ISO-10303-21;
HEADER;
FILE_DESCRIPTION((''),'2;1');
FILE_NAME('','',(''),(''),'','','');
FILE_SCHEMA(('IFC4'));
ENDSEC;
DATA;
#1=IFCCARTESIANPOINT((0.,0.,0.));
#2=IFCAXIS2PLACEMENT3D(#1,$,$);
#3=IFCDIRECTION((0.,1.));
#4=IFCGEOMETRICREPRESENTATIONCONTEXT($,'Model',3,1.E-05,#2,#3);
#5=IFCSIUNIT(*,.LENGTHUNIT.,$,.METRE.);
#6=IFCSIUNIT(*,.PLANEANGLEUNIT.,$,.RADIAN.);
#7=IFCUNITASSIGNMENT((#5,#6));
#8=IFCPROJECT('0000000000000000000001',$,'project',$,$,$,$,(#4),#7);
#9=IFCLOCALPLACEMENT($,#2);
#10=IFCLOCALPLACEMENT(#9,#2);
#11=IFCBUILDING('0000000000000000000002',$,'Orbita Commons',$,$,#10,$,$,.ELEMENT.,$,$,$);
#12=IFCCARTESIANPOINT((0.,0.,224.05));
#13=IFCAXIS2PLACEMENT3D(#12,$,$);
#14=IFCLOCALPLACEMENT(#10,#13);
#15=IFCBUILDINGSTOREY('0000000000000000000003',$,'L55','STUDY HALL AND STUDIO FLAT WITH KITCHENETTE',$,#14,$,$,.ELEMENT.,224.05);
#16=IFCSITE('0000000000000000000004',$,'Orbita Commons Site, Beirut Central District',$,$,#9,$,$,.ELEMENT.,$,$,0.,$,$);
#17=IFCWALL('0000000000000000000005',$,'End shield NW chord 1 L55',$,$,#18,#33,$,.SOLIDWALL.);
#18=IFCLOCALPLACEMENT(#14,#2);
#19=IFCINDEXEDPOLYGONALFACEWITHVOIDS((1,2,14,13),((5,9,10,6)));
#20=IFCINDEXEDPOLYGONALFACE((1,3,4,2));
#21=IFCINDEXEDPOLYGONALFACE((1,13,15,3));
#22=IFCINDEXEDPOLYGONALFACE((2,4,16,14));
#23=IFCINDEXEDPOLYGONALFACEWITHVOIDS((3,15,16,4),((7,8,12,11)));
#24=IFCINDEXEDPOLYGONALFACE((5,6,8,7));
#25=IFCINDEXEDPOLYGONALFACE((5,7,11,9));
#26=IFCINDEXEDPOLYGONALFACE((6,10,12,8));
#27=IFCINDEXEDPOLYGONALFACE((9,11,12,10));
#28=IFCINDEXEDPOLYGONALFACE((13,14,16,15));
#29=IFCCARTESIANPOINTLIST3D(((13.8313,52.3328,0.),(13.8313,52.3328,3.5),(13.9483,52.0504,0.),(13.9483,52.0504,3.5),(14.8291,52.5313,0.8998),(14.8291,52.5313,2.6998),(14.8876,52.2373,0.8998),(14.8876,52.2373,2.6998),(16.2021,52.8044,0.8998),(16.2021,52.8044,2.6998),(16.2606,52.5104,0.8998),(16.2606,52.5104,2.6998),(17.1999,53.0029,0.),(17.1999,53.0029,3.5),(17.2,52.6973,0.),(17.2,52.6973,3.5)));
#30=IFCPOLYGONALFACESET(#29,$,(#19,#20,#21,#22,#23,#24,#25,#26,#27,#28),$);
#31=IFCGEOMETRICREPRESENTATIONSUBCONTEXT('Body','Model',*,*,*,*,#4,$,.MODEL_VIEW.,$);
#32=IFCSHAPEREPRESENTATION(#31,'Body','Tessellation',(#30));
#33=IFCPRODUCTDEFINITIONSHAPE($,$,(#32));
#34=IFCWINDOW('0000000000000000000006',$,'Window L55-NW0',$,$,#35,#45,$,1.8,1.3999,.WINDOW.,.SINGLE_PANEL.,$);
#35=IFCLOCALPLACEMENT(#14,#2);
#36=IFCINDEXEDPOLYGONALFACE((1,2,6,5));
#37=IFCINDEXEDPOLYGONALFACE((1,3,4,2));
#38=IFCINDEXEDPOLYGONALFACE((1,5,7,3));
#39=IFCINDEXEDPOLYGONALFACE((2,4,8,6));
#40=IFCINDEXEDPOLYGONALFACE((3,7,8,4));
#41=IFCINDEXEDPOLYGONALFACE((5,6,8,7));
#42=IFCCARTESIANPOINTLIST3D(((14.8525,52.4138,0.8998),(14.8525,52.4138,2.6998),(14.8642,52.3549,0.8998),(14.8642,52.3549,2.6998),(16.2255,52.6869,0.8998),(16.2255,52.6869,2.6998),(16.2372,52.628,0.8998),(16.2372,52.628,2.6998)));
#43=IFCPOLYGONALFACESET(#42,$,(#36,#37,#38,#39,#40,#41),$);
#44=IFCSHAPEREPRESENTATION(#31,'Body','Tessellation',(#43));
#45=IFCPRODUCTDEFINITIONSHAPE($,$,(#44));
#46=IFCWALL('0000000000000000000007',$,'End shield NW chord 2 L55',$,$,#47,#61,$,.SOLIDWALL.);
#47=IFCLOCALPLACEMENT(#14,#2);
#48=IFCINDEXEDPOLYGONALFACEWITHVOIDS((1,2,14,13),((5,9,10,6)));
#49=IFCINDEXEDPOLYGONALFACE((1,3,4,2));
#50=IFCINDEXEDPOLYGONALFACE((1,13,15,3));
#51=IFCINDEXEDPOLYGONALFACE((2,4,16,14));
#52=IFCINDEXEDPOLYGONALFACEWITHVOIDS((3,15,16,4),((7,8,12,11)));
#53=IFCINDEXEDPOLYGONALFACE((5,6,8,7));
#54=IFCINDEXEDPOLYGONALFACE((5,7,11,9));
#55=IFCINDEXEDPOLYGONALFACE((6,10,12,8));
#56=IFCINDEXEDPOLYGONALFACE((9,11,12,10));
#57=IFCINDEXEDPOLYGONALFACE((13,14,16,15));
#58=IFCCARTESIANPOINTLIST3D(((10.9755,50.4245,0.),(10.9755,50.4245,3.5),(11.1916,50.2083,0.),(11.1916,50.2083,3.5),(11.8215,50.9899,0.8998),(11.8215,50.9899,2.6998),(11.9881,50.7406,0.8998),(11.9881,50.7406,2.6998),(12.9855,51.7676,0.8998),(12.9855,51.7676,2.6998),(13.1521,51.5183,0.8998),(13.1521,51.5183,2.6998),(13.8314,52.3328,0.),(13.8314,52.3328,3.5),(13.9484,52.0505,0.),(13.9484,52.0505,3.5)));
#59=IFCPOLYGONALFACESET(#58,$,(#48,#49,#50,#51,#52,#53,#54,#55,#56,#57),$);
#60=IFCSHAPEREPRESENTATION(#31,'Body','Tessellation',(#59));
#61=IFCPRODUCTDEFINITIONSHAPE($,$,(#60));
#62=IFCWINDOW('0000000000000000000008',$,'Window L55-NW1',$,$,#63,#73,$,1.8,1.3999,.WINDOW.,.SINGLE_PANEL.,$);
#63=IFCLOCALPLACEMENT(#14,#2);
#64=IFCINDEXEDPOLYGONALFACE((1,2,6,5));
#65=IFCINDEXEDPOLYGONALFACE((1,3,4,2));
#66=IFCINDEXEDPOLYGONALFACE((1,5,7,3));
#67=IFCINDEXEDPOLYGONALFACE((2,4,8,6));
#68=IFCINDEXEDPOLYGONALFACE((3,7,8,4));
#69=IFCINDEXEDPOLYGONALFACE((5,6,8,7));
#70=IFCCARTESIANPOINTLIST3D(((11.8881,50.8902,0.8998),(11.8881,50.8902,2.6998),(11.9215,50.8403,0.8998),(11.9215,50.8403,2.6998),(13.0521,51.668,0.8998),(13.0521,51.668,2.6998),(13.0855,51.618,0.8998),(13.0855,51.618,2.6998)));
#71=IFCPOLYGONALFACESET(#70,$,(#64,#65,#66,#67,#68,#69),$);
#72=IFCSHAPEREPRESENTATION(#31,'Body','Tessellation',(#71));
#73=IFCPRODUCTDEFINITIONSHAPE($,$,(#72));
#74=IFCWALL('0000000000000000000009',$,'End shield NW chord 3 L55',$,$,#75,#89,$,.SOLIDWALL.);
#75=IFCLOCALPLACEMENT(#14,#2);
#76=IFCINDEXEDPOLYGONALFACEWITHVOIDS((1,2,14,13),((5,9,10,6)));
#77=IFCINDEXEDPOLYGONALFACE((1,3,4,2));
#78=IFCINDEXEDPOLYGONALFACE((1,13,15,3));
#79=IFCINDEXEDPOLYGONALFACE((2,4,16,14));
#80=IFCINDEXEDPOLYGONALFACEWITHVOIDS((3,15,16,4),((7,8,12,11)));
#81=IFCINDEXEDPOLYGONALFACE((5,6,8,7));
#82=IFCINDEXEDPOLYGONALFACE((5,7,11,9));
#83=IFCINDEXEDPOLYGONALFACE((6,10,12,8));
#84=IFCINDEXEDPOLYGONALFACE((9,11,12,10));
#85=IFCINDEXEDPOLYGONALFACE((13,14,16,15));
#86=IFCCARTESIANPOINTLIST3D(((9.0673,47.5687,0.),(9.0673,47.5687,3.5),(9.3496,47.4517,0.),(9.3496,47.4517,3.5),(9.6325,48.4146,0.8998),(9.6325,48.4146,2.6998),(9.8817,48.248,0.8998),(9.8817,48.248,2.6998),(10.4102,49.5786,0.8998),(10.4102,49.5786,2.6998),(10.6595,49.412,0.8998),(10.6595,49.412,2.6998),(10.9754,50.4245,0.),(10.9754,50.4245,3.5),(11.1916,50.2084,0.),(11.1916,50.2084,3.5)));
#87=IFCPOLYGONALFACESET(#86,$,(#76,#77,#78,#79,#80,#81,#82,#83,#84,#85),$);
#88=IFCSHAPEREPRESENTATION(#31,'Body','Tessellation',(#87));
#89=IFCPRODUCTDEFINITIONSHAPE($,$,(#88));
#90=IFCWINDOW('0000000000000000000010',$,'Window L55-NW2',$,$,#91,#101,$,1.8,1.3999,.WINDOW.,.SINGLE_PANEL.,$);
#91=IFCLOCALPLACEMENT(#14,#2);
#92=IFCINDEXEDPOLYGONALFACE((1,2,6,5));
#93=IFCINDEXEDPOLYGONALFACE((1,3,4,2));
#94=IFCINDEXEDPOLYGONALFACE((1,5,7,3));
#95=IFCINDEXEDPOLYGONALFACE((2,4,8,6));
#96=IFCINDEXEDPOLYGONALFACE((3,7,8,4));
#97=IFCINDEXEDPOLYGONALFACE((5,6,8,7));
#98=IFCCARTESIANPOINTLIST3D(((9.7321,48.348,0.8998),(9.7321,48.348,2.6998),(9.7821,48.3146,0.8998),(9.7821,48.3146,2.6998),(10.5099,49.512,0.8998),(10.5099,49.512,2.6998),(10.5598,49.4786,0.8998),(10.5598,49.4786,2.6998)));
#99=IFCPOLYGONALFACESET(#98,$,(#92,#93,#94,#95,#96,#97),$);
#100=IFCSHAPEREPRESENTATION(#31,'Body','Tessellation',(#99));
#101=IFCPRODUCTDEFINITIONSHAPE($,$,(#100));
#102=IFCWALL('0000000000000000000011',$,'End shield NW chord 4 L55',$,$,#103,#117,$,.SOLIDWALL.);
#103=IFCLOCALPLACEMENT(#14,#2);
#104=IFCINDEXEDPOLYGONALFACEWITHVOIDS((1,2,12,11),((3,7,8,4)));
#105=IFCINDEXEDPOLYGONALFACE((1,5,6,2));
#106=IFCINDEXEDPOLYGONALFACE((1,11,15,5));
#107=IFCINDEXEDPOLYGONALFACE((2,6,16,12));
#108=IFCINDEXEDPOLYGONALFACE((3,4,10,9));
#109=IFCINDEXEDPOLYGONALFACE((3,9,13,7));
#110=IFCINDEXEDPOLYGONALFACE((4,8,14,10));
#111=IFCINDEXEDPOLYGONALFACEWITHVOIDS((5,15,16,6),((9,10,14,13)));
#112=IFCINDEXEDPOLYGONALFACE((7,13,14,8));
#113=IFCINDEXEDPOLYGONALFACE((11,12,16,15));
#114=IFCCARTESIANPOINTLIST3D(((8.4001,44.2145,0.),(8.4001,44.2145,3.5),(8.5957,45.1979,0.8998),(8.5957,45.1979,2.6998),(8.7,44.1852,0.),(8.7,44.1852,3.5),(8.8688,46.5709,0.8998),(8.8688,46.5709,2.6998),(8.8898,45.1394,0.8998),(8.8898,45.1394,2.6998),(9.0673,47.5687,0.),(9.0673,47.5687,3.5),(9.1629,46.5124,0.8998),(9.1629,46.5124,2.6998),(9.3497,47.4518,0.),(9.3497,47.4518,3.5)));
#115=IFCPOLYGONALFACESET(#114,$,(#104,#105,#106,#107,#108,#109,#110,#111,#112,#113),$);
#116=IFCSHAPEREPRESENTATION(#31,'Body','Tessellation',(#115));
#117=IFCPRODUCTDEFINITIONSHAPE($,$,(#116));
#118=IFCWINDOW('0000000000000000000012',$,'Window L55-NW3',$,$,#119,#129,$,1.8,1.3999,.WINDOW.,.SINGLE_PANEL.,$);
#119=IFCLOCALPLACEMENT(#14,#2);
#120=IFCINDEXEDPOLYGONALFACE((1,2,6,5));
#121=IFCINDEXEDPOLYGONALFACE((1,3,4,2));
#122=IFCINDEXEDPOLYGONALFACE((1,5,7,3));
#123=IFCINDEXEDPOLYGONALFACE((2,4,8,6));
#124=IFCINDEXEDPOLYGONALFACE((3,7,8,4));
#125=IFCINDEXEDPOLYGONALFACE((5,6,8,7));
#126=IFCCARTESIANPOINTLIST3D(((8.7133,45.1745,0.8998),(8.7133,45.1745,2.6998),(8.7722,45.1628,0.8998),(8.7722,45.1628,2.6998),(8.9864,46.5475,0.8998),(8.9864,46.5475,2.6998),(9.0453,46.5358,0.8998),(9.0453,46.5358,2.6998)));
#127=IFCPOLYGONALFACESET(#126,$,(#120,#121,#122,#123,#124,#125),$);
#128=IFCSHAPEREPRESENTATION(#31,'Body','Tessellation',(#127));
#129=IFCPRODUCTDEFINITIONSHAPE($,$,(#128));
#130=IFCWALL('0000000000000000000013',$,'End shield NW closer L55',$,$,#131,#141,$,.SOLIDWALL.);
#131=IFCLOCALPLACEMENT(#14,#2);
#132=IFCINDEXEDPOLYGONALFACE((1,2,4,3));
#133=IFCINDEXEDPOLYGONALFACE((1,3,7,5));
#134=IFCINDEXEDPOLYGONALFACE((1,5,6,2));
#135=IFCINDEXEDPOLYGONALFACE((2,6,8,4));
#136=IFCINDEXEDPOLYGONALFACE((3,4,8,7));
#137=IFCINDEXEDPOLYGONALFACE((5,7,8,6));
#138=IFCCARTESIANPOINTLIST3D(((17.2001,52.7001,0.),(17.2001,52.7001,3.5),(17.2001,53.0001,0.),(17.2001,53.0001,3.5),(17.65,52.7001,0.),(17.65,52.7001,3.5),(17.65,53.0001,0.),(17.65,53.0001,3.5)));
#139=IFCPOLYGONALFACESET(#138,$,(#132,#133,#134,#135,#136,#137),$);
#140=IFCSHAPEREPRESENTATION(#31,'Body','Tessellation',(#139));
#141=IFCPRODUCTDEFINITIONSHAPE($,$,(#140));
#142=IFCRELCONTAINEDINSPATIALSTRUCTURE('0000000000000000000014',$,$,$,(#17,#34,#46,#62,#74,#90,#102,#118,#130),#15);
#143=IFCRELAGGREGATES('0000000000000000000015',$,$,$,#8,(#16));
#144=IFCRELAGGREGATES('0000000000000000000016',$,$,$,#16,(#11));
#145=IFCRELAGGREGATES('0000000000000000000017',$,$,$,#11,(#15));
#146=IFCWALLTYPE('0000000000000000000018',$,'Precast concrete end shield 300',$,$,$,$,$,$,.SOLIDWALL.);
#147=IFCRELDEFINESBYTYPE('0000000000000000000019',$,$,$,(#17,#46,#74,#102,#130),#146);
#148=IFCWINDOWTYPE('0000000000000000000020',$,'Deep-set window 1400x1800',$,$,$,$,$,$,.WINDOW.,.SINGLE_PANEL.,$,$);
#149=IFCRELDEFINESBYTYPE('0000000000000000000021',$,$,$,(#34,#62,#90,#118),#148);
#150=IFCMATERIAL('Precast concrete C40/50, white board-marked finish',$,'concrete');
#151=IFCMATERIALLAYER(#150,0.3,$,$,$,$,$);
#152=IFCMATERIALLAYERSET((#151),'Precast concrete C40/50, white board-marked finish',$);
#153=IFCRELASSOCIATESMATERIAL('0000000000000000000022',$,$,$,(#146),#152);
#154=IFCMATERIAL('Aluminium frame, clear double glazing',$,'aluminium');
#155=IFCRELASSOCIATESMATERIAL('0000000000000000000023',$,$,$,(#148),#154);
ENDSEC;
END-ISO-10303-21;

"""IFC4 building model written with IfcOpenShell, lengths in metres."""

from ifc_helpers import new_model, si_unit, direction, frame, frame_2d, origin, place, context, subcontext, project, spatial, polyline, rectangle, outline, extrude, material, layer, layer_set, type_object, element, fill, save


model = new_model("IFC4")

# Units and contexts
model_context = context("Model", 3, precision=1e-05, world=origin(), true_north=direction((0.0, 1.0)))
body_context = subcontext(model_context, "Body", "Model", "MODEL_VIEW")
ifc_project = project(units=[si_unit("LENGTHUNIT", "METRE"), si_unit("PLANEANGLEUNIT", "RADIAN")], contexts=[model_context])

# Site, building, storey
site_placement = place(None, origin())
site = spatial("IfcSite", under=ifc_project, at=site_placement, Name="Orbita Commons Site, Beirut Central District", CompositionType="ELEMENT", RefElevation=0.0)
building_placement = place(site_placement, origin())
building = spatial("IfcBuilding", under=site, at=building_placement, Name="Orbita Commons", CompositionType="ELEMENT")
storey_placement = place(building_placement, frame((0.0, 0.0, 224.05)))
storey = spatial("IfcBuildingStorey", under=building, at=storey_placement, Name="L55", Description="STUDY HALL AND STUDIO FLAT WITH KITCHENETTE", CompositionType="ELEMENT", Elevation=224.05)

# Walls, openings, windows
ifc_material_1 = material(Name="Precast concrete C40/50, white board-marked finish", Category="concrete")
ifc_layer_1 = layer(ifc_material_1, 0.3)
ifc_layer_set_1 = layer_set([ifc_layer_1], Name="Precast concrete C40/50, white board-marked finish")
wall_type_1 = type_object("IfcWallType", Name="Precast concrete end shield 300", PredefinedType="SOLIDWALL", material=ifc_layer_set_1)
wall_1_placement = place(storey_placement, frame((17.2, 52.8501, 0.0), z_axis=(0.0, 0.0, 1.0), x_axis=(-0.980783, -0.1951, 0.0)))
wall_1 = element("IfcWall", 1, at=wall_1_placement, inside=storey, type_object=wall_type_1, Name="End shield NW chord 1 L55", PredefinedType="SOLIDWALL", context=body_context, shape_type="SweptSolid", body=[
    extrude(outline(polyline([(-0.0298, -0.1499), (3.4048, -0.1499), (3.3452, 0.1499), (0.0298, 0.1499), (-0.0298, -0.1499)])), origin(), (0.0, 0.0, 1.0), 3.5),
])
opening_1_placement = place(wall_1_placement, frame((0.9875, 0.0, 0.8999)))
opening_1 = element("IfcOpeningElement", 2, at=opening_1_placement, cuts=wall_1, PredefinedType="OPENING", context=body_context, shape_type="SweptSolid", body=[
    extrude(rectangle(XDim=1.3999, YDim=1.8, at=frame_2d((0.7, 0.8999))), frame((0.0, 0.1599, 0.0), z_axis=(0.0, -1.0, 0.0), x_axis=(1.0, 0.0, 0.0)), (0.0, 0.0, 1.0), 0.3201),
])
ifc_material_2 = material(Name="Aluminium frame, clear double glazing", Category="aluminium")
window_type = type_object("IfcWindowType", Name="Deep-set window 1400x1800", PartitioningType="SINGLE_PANEL", PredefinedType="WINDOW", material=ifc_material_2)
window_1_placement = place(opening_1_placement, origin())
window_1 = element("IfcWindow", 3, at=window_1_placement, inside=storey, type_object=window_type, Name="Window L55-NW0", OverallHeight=1.8, OverallWidth=1.3999, PartitioningType="SINGLE_PANEL", PredefinedType="WINDOW", context=body_context, shape_type="SweptSolid", body=[
    extrude(rectangle(XDim=1.3999, YDim=1.8, at=frame_2d((0.7, 0.8999))), frame((0.0, 0.03, 0.0), z_axis=(0.0, -1.0, 0.0), x_axis=(1.0, 0.0, 0.0)), (0.0, 0.0, 1.0), 0.0601),
])
fill(opening_1, window_1)
wall_2_placement = place(storey_placement, frame((13.8899, 52.1917, 0.0), z_axis=(0.0, 0.0, 1.0), x_axis=(-0.83146, -0.555585, 0.0)))
wall_2 = element("IfcWall", 4, at=wall_2_placement, inside=storey, type_object=wall_type_1, Name="End shield NW chord 2 L55", PredefinedType="SOLIDWALL", context=body_context, shape_type="SweptSolid", body=[
    extrude(outline(polyline([(-0.0298, -0.1499), (3.405, -0.1499), (3.3455, 0.1499), (0.0298, 0.1499), (-0.0298, -0.1499)])), origin(), (0.0, 0.0, 1.0), 3.5),
])
opening_2_placement = place(wall_2_placement, frame((0.9875, 0.0, 0.8999)))
opening_2 = element("IfcOpeningElement", 5, at=opening_2_placement, cuts=wall_2, PredefinedType="OPENING", context=body_context, shape_type="SweptSolid", body=[
    extrude(rectangle(XDim=1.3999, YDim=1.8, at=frame_2d((0.7, 0.8999))), frame((0.0, 0.1599, 0.0), z_axis=(0.0, -1.0, 0.0), x_axis=(1.0, 0.0, 0.0)), (0.0, 0.0, 1.0), 0.3201),
])
window_2_placement = place(opening_2_placement, origin())
window_2 = element("IfcWindow", 6, at=window_2_placement, inside=storey, type_object=window_type, Name="Window L55-NW1", OverallHeight=1.8, OverallWidth=1.3999, PartitioningType="SINGLE_PANEL", PredefinedType="WINDOW", context=body_context, shape_type="SweptSolid", body=[
    extrude(rectangle(XDim=1.3999, YDim=1.8, at=frame_2d((0.7, 0.8999))), frame((0.0, 0.03, 0.0), z_axis=(0.0, -1.0, 0.0), x_axis=(1.0, 0.0, 0.0)), (0.0, 0.0, 1.0), 0.0601),
])
fill(opening_2, window_2)
wall_3_placement = place(storey_placement, frame((11.0835, 50.3164, 0.0), z_axis=(0.0, 0.0, 1.0), x_axis=(-0.555568, -0.831471, 0.0)))
wall_3 = element("IfcWall", 7, at=wall_3_placement, inside=storey, type_object=wall_type_1, Name="End shield NW chord 3 L55", PredefinedType="SOLIDWALL", context=body_context, shape_type="SweptSolid", body=[
    extrude(outline(polyline([(-0.0298, -0.1499), (3.4048, -0.1499), (3.3452, 0.1499), (0.0298, 0.1499), (-0.0298, -0.1499)])), origin(), (0.0, 0.0, 1.0), 3.5),
])
opening_3_placement = place(wall_3_placement, frame((0.9875, 0.0, 0.8999)))
opening_3 = element("IfcOpeningElement", 8, at=opening_3_placement, cuts=wall_3, PredefinedType="OPENING", context=body_context, shape_type="SweptSolid", body=[
    extrude(rectangle(XDim=1.3999, YDim=1.8, at=frame_2d((0.7, 0.8999))), frame((0.0, 0.1599, 0.0), z_axis=(0.0, -1.0, 0.0), x_axis=(1.0, 0.0, 0.0)), (0.0, 0.0, 1.0), 0.3201),
])
window_3_placement = place(opening_3_placement, origin())
window_3 = element("IfcWindow", 9, at=window_3_placement, inside=storey, type_object=window_type, Name="Window L55-NW2", OverallHeight=1.8, OverallWidth=1.3999, PartitioningType="SINGLE_PANEL", PredefinedType="WINDOW", context=body_context, shape_type="SweptSolid", body=[
    extrude(rectangle(XDim=1.3999, YDim=1.8, at=frame_2d((0.7, 0.8999))), frame((0.0, 0.03, 0.0), z_axis=(0.0, -1.0, 0.0), x_axis=(1.0, 0.0, 0.0)), (0.0, 0.0, 1.0), 0.0601),
])
fill(opening_3, window_3)
wall_4_placement = place(storey_placement, frame((9.2085, 47.5103, 0.0), z_axis=(0.0, 0.0, 1.0), x_axis=(-0.195087, -0.980786, 0.0)))
wall_4 = element("IfcWall", 10, at=wall_4_placement, inside=storey, type_object=wall_type_1, Name="End shield NW chord 4 L55", PredefinedType="SOLIDWALL", context=body_context, shape_type="SweptSolid", body=[
    extrude(outline(polyline([(-0.0298, -0.1499), (3.3901, -0.1499), (3.3604, 0.1499), (0.0298, 0.1499), (-0.0298, -0.1499)])), origin(), (0.0, 0.0, 1.0), 3.5),
])
opening_4_placement = place(wall_4_placement, frame((0.9875, 0.0, 0.8999)))
opening_4 = element("IfcOpeningElement", 11, at=opening_4_placement, cuts=wall_4, PredefinedType="OPENING", context=body_context, shape_type="SweptSolid", body=[
    extrude(rectangle(XDim=1.3999, YDim=1.8, at=frame_2d((0.7, 0.8999))), frame((0.0, 0.1599, 0.0), z_axis=(0.0, -1.0, 0.0), x_axis=(1.0, 0.0, 0.0)), (0.0, 0.0, 1.0), 0.3201),
])
window_4_placement = place(opening_4_placement, origin())
window_4 = element("IfcWindow", 12, at=window_4_placement, inside=storey, type_object=window_type, Name="Window L55-NW3", OverallHeight=1.8, OverallWidth=1.3999, PartitioningType="SINGLE_PANEL", PredefinedType="WINDOW", context=body_context, shape_type="SweptSolid", body=[
    extrude(rectangle(XDim=1.3999, YDim=1.8, at=frame_2d((0.7, 0.8999))), frame((0.0, 0.03, 0.0), z_axis=(0.0, -1.0, 0.0), x_axis=(1.0, 0.0, 0.0)), (0.0, 0.0, 1.0), 0.0601),
])
fill(opening_4, window_4)

# Wall
wall_5_placement = place(storey_placement, frame((17.2, 52.8501, 0.0), z_axis=(0.0, 0.0, 1.0), x_axis=(1.0, 0.0, 0.0)))
element("IfcWall", 13, at=wall_5_placement, inside=storey, type_object=wall_type_1, Name="End shield NW closer L55", PredefinedType="SOLIDWALL", context=body_context, shape_type="SweptSolid", body=[
    extrude(rectangle(XDim=0.45, YDim=0.3, at=frame_2d((0.2251, 0.0))), origin(), (0.0, 0.0, 1.0), 3.5),
])

save(model, "model.ifc")
